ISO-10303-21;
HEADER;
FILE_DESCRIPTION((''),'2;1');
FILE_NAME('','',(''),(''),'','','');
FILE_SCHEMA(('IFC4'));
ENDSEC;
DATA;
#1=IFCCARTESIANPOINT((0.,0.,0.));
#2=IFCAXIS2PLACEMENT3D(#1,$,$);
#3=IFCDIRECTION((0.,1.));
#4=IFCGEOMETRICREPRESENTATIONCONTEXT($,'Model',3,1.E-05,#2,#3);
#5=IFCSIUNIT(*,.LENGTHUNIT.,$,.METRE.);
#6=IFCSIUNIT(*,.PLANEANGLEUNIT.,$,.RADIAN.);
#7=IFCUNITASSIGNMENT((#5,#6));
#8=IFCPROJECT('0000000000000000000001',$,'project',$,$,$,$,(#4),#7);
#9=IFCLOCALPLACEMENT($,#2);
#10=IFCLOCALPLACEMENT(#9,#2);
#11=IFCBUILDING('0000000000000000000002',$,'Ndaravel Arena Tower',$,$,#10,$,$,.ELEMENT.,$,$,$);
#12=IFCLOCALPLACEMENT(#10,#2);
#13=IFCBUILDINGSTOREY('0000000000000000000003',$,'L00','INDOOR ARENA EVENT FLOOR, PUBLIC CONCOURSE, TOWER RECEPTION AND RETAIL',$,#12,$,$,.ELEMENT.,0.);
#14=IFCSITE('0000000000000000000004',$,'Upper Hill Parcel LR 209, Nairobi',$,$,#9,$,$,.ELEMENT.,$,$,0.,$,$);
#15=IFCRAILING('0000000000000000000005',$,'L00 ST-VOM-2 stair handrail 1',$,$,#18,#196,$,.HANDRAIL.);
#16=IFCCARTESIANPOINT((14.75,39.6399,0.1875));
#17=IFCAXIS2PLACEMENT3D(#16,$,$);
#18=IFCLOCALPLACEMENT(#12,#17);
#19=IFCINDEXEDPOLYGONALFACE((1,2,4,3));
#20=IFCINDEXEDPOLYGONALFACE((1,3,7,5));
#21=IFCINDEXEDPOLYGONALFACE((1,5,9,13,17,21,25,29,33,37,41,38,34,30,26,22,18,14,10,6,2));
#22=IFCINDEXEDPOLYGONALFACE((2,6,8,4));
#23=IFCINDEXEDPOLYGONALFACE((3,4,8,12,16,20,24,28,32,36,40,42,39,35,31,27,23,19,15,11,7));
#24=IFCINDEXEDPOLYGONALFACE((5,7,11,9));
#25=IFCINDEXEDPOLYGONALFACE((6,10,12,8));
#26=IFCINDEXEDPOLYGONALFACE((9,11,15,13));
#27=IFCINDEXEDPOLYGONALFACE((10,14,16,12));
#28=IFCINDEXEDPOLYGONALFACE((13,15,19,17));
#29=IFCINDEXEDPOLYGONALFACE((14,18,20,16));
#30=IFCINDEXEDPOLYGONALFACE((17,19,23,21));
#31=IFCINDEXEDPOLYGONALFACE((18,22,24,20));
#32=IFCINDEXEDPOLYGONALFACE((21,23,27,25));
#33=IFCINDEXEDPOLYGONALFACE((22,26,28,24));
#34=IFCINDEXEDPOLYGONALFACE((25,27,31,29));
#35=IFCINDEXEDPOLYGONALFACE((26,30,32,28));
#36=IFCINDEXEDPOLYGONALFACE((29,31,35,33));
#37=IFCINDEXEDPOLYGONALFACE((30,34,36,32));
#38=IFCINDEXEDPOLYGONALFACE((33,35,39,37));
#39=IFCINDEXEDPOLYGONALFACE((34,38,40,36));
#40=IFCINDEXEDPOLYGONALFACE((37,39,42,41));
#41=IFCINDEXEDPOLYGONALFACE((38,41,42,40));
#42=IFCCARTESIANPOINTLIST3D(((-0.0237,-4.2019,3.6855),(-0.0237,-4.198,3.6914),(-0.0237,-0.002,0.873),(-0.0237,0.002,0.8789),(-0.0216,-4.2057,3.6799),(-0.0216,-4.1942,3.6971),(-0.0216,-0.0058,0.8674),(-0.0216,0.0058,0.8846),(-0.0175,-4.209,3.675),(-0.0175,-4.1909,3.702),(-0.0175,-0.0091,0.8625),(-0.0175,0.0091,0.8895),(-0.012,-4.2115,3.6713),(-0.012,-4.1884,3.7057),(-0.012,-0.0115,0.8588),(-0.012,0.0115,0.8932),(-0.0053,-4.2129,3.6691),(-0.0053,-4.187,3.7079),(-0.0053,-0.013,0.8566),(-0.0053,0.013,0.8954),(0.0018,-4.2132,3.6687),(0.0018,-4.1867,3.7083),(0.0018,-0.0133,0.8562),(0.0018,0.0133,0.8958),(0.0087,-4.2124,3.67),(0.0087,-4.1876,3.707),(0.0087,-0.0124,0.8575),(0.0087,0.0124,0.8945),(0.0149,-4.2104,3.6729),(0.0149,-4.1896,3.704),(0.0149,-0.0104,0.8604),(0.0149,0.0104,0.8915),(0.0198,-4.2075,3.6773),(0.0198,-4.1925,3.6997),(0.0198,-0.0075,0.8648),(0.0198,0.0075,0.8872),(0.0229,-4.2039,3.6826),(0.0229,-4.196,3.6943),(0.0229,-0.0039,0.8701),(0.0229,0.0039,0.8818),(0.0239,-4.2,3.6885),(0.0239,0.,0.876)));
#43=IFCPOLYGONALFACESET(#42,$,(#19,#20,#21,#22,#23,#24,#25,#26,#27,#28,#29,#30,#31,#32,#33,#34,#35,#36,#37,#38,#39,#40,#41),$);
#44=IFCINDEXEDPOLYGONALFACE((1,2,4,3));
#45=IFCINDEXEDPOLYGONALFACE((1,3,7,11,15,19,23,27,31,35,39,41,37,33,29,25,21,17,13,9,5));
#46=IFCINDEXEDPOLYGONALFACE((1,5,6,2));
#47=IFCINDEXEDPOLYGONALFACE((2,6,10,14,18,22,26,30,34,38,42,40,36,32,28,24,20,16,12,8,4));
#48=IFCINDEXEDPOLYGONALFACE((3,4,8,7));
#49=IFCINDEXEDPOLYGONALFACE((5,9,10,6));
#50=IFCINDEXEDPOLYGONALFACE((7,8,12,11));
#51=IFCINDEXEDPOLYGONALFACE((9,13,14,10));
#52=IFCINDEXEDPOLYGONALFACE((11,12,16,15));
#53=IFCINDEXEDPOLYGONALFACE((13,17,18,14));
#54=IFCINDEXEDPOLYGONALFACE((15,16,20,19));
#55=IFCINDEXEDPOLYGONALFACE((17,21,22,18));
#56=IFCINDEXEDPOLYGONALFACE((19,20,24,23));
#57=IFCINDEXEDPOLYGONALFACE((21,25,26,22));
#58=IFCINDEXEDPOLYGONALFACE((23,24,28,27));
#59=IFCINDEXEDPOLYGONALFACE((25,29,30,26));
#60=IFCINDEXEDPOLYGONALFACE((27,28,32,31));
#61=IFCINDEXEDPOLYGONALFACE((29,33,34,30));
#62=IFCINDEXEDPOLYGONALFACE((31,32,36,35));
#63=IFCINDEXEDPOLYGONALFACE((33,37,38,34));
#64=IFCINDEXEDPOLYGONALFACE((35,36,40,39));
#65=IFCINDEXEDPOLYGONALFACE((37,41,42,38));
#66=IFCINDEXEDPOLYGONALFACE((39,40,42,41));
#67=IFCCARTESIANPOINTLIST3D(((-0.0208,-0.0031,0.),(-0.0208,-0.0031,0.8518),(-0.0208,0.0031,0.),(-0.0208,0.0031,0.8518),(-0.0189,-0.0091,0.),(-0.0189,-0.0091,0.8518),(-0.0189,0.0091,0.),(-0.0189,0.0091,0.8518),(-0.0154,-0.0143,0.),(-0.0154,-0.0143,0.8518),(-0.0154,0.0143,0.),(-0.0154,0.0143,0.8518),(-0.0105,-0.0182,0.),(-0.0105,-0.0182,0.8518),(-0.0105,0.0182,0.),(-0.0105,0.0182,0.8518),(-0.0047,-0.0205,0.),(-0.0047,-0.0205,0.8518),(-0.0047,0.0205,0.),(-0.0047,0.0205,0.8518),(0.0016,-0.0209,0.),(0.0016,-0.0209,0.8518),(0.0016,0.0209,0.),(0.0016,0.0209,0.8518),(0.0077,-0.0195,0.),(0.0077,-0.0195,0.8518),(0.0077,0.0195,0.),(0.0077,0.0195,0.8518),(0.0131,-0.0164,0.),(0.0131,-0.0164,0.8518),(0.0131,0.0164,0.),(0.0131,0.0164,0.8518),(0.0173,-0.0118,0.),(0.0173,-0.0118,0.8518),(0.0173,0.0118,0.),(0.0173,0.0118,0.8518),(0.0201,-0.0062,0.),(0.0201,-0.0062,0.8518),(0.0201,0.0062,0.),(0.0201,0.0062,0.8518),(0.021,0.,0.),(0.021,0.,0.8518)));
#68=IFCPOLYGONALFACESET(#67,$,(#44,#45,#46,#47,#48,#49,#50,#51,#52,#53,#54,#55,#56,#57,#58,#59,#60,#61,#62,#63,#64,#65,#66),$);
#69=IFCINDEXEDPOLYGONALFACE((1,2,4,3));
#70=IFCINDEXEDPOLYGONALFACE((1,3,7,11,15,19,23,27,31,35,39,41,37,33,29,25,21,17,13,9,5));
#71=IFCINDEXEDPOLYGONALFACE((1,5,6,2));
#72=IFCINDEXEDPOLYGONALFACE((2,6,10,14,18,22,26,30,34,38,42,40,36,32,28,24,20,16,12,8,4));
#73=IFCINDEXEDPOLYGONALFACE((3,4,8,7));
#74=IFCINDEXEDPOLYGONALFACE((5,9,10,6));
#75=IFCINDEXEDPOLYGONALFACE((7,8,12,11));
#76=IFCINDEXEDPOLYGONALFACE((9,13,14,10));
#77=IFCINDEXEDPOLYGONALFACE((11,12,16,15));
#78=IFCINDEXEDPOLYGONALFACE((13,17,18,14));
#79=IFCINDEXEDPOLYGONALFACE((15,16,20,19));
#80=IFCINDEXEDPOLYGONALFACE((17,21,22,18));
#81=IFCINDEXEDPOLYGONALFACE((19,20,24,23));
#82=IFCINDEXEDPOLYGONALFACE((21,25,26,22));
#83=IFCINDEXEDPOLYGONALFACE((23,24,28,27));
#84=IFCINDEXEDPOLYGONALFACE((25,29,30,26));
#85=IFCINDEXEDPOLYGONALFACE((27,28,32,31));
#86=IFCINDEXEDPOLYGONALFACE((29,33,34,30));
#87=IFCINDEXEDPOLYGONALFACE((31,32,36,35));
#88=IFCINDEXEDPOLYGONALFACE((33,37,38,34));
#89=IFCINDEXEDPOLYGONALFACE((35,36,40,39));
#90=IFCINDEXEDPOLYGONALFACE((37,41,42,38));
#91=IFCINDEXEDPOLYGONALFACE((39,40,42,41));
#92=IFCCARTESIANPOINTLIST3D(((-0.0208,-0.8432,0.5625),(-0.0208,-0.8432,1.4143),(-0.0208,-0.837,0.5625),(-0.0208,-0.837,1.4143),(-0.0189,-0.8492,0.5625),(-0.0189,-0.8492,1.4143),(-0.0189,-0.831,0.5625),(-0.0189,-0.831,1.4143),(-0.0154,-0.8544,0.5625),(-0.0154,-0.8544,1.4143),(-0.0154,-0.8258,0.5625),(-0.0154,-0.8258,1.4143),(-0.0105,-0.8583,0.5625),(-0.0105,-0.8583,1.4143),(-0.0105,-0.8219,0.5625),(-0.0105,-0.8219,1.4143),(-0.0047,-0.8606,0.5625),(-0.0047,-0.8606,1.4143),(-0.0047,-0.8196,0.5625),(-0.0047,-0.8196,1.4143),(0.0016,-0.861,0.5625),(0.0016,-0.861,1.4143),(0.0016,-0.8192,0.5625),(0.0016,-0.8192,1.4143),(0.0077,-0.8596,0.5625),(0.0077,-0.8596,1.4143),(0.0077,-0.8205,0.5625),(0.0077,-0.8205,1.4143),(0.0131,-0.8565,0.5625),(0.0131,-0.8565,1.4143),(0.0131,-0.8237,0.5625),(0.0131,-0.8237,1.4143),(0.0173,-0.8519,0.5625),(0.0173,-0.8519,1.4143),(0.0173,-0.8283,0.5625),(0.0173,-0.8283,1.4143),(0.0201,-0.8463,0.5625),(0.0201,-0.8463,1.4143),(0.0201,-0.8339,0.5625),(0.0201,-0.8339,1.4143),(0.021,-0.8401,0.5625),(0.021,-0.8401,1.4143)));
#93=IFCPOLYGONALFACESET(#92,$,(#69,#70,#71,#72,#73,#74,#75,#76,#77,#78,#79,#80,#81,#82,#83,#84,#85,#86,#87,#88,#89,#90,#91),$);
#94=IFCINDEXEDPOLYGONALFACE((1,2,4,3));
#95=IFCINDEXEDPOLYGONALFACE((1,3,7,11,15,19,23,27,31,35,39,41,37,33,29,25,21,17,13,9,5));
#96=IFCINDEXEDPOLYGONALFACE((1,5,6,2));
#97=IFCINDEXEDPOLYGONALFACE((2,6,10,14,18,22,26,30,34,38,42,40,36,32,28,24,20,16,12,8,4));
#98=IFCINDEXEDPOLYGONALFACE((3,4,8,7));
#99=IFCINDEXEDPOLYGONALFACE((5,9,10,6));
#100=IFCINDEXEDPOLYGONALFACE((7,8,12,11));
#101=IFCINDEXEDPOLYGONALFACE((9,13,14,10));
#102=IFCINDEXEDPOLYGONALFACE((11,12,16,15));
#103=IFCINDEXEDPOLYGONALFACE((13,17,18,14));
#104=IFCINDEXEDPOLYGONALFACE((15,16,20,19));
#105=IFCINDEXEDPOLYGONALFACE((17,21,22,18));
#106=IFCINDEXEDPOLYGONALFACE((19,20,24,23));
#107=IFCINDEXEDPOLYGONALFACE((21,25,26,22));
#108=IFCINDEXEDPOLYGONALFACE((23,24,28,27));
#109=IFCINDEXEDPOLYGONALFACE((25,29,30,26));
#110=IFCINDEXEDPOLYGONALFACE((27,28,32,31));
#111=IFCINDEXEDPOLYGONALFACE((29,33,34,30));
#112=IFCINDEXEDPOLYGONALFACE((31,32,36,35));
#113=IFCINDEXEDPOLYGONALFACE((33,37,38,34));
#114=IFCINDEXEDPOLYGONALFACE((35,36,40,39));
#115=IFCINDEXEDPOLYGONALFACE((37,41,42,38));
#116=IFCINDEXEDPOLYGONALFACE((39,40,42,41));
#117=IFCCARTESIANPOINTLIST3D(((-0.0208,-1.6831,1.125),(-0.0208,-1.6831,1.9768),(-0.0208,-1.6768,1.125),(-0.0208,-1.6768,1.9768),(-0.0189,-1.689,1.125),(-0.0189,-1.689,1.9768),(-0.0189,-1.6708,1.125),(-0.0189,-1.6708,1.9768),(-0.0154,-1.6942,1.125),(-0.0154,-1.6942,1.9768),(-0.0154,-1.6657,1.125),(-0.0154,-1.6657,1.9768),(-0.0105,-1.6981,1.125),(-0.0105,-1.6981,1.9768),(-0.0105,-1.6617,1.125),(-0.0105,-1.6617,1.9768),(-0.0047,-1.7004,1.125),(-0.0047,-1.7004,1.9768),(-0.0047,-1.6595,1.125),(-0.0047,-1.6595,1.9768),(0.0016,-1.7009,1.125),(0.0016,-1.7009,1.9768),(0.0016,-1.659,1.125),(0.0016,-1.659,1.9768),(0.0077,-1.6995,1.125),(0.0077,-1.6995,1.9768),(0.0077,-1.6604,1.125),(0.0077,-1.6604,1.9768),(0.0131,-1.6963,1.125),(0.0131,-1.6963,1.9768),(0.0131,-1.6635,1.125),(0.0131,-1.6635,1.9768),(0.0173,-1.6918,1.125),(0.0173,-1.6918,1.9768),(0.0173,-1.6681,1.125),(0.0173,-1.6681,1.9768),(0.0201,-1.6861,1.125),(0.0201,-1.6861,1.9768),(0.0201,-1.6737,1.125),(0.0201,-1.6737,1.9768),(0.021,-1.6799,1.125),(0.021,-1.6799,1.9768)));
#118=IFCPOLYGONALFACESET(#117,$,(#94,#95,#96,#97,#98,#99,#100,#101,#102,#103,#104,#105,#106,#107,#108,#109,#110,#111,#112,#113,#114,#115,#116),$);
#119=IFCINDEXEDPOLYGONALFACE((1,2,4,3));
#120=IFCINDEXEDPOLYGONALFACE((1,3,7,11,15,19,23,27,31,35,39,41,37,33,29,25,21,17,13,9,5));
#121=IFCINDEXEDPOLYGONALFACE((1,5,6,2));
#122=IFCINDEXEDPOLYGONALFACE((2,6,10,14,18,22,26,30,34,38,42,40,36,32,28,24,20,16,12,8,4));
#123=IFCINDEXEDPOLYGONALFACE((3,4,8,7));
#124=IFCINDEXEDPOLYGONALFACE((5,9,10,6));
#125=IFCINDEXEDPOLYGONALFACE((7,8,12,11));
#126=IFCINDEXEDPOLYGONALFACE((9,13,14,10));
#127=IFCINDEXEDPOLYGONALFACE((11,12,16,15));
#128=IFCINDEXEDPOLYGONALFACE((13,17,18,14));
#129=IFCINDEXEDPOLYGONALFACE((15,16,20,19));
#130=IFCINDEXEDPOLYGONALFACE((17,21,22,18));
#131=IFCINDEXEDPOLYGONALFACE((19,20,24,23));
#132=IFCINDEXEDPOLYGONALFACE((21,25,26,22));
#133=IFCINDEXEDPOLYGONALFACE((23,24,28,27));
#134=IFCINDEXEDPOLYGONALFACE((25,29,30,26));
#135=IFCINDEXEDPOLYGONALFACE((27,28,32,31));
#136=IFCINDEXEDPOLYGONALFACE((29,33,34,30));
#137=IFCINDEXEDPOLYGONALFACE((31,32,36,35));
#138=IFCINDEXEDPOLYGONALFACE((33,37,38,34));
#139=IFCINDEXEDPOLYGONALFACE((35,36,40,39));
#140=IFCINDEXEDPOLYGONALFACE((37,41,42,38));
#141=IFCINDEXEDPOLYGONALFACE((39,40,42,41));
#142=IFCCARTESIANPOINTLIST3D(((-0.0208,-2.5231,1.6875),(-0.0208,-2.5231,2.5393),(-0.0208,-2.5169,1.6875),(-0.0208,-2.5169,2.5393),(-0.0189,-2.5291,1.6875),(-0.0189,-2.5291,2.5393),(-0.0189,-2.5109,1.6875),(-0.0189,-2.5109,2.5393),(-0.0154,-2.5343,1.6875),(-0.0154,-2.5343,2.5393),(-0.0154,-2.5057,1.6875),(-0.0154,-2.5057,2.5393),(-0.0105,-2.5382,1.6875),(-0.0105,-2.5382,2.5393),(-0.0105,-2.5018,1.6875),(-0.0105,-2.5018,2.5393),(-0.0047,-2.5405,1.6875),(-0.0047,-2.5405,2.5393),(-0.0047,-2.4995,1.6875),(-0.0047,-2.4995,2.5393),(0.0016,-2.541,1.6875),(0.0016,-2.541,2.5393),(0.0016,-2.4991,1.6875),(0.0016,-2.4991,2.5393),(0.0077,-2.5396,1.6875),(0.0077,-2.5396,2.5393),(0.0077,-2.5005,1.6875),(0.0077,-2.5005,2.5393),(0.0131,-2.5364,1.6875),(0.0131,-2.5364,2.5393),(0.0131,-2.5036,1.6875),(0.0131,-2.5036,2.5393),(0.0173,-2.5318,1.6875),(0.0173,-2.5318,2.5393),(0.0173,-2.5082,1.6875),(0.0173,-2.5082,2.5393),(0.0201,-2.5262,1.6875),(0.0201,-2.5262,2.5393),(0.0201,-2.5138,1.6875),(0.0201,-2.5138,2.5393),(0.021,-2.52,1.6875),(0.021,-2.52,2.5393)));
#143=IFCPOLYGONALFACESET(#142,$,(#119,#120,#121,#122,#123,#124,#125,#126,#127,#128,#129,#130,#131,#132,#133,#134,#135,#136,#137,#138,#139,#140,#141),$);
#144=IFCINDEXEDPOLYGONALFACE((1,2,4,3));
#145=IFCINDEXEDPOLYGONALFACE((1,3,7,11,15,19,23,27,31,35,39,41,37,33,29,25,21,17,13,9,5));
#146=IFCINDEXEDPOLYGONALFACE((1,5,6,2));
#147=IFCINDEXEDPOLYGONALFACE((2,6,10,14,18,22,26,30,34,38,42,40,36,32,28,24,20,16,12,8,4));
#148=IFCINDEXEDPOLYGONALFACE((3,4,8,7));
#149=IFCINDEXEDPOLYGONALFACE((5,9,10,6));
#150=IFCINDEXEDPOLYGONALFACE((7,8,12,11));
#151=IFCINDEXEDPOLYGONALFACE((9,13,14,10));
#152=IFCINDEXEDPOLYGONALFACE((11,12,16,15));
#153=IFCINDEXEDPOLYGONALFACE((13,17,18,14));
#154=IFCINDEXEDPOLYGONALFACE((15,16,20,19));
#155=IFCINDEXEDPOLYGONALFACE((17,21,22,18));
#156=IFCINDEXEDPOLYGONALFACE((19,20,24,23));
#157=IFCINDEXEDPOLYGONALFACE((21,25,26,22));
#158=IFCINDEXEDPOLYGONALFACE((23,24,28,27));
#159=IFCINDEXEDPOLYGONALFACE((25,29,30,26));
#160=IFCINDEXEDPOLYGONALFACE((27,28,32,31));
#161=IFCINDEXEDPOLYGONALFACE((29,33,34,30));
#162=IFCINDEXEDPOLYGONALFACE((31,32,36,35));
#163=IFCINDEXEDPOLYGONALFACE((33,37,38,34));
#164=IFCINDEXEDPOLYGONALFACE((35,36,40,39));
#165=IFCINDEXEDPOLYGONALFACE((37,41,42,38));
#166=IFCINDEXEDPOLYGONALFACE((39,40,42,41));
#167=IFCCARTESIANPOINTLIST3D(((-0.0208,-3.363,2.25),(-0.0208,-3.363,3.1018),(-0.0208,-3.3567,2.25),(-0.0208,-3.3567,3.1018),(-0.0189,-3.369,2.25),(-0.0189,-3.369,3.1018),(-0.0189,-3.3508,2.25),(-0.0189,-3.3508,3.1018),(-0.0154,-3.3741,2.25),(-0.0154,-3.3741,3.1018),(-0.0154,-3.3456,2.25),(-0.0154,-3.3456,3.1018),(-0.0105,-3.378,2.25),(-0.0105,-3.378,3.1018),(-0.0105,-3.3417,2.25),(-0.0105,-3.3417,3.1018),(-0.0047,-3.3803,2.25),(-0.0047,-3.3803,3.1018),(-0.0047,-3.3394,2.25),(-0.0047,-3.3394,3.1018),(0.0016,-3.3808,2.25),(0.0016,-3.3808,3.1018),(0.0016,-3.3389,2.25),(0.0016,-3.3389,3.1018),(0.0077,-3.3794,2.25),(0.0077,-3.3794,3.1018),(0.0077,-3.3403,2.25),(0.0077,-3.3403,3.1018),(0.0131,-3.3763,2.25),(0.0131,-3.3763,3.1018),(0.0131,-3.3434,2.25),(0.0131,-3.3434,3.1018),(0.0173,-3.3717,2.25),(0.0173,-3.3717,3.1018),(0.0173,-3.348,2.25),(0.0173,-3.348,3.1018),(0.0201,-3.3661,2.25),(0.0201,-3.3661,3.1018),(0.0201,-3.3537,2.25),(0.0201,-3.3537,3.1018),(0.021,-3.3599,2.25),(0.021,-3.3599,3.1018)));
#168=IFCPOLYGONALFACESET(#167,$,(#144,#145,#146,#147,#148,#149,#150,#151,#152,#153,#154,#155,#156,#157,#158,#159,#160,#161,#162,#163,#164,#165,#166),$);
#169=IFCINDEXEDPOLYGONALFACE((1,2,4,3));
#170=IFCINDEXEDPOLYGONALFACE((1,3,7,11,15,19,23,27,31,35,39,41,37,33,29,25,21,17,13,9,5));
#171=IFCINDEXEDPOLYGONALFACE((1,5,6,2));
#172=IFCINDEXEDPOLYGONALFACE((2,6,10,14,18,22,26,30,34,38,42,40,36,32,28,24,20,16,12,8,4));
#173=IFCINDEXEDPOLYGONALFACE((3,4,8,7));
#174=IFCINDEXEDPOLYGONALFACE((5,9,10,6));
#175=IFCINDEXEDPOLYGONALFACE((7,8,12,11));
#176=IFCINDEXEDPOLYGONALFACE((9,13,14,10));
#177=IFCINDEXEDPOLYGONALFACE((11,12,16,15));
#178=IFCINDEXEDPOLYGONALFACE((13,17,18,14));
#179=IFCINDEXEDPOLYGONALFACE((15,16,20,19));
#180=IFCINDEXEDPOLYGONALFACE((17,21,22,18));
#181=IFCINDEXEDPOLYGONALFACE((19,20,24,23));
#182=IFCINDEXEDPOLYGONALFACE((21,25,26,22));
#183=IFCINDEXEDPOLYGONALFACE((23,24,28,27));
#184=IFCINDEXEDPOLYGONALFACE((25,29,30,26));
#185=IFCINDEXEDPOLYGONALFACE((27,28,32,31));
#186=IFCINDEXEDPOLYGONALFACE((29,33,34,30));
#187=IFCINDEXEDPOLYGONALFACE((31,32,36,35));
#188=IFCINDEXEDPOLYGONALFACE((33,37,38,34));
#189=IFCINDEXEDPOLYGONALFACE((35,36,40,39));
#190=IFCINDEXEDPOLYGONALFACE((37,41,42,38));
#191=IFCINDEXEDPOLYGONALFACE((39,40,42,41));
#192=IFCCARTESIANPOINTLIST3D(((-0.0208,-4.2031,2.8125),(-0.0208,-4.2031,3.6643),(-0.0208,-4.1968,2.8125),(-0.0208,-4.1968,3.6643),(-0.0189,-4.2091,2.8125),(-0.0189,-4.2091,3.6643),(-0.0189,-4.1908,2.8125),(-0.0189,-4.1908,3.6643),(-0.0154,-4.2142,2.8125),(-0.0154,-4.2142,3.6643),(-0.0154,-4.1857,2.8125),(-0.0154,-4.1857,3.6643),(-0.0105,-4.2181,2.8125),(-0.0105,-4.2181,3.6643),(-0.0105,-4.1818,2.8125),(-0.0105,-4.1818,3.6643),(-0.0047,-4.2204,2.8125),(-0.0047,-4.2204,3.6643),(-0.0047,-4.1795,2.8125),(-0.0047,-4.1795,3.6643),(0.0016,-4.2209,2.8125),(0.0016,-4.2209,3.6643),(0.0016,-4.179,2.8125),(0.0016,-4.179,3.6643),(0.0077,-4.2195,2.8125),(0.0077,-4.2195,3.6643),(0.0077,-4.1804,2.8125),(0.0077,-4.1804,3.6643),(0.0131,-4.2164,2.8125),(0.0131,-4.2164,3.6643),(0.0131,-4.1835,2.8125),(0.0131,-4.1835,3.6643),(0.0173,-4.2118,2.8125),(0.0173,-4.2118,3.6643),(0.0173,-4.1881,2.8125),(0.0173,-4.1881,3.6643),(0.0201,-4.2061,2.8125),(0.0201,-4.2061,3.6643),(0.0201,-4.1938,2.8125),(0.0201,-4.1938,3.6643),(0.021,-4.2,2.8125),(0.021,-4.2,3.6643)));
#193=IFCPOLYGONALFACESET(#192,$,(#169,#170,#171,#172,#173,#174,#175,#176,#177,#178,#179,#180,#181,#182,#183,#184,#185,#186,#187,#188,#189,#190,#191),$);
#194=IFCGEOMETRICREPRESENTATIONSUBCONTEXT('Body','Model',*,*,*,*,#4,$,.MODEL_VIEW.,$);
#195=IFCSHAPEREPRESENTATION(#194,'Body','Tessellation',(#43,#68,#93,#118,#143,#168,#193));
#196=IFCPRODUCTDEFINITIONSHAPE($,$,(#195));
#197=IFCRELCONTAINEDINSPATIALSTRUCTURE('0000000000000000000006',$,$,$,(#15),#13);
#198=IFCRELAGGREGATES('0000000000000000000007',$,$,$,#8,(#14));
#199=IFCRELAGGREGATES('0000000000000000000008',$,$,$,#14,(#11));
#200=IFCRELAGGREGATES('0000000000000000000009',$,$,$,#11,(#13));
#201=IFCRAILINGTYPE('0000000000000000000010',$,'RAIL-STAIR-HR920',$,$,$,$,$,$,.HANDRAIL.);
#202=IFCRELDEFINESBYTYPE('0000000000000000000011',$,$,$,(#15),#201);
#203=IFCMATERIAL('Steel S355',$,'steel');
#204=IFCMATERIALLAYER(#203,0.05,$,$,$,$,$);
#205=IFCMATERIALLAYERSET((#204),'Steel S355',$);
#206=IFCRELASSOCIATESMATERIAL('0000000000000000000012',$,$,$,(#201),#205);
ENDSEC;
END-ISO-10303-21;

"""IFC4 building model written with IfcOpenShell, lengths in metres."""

from ifc_helpers import new_model, si_unit, direction, frame, origin, origin_2d, place, context, subcontext, project, spatial, circle, extrude, material, layer, layer_set, type_object, element, save


model = new_model("IFC4")

# Units and contexts
model_context = context("Model", 3, precision=1e-05, world=origin(), true_north=direction((0.0, 1.0)))
body_context = subcontext(model_context, "Body", "Model", "MODEL_VIEW")
ifc_project = project(units=[si_unit("LENGTHUNIT", "METRE"), si_unit("PLANEANGLEUNIT", "RADIAN")], contexts=[model_context])

# Site, building, storey
site_placement = place(None, origin())
site = spatial("IfcSite", under=ifc_project, at=site_placement, Name="Upper Hill Parcel LR 209, Nairobi", CompositionType="ELEMENT", RefElevation=0.0)
building_placement = place(site_placement, origin())
building = spatial("IfcBuilding", under=site, at=building_placement, Name="Ndaravel Arena Tower", CompositionType="ELEMENT")
storey_placement = place(building_placement, origin())
storey = spatial("IfcBuildingStorey", under=building, at=storey_placement, Name="L00", Description="INDOOR ARENA EVENT FLOOR, PUBLIC CONCOURSE, TOWER RECEPTION AND RETAIL", CompositionType="ELEMENT", Elevation=0.0)

# Railing
ifc_material_1 = material(Name="Steel S355", Category="steel")
ifc_layer_1 = layer(ifc_material_1, 0.05)
ifc_layer_set_1 = layer_set([ifc_layer_1], Name="Steel S355")
railing_type_1 = type_object("IfcRailingType", Name="RAIL-STAIR-HR920", PredefinedType="HANDRAIL", material=ifc_layer_set_1)
railing_1_placement = place(storey_placement, frame((14.75, 39.6399, 0.1875)))
element("IfcRailing", 1, at=railing_1_placement, inside=storey, type_object=railing_type_1, Name="L00 ST-VOM-2 stair handrail 1", PredefinedType="HANDRAIL", context=body_context, shape_type="SweptSolid", body=[
    extrude(circle(Radius=0.0239, at=origin_2d()), frame((0.0, 0.0, 0.876), z_axis=(0.0, -0.830904, 0.556416), x_axis=(1.0, 0.0, 0.0)), (0.0, 0.0, 1.0), 5.0547),
    extrude(circle(Radius=0.021, at=origin_2d()), origin(), (0.0, 0.0, 1.0), 0.8518),
    extrude(circle(Radius=0.021, at=origin_2d()), frame((0.0, -0.8401, 0.5625)), (0.0, 0.0, 1.0), 0.8518),
    extrude(circle(Radius=0.021, at=origin_2d()), frame((0.0, -1.6799, 1.125)), (0.0, 0.0, 1.0), 0.8518),
    extrude(circle(Radius=0.021, at=origin_2d()), frame((0.0, -2.52, 1.6875)), (0.0, 0.0, 1.0), 0.8518),
    extrude(circle(Radius=0.021, at=origin_2d()), frame((0.0, -3.3599, 2.25)), (0.0, 0.0, 1.0), 0.8518),
    extrude(circle(Radius=0.021, at=origin_2d()), frame((0.0, -4.2, 2.8125)), (0.0, 0.0, 1.0), 0.8518),
])

save(model, "model.ifc")
